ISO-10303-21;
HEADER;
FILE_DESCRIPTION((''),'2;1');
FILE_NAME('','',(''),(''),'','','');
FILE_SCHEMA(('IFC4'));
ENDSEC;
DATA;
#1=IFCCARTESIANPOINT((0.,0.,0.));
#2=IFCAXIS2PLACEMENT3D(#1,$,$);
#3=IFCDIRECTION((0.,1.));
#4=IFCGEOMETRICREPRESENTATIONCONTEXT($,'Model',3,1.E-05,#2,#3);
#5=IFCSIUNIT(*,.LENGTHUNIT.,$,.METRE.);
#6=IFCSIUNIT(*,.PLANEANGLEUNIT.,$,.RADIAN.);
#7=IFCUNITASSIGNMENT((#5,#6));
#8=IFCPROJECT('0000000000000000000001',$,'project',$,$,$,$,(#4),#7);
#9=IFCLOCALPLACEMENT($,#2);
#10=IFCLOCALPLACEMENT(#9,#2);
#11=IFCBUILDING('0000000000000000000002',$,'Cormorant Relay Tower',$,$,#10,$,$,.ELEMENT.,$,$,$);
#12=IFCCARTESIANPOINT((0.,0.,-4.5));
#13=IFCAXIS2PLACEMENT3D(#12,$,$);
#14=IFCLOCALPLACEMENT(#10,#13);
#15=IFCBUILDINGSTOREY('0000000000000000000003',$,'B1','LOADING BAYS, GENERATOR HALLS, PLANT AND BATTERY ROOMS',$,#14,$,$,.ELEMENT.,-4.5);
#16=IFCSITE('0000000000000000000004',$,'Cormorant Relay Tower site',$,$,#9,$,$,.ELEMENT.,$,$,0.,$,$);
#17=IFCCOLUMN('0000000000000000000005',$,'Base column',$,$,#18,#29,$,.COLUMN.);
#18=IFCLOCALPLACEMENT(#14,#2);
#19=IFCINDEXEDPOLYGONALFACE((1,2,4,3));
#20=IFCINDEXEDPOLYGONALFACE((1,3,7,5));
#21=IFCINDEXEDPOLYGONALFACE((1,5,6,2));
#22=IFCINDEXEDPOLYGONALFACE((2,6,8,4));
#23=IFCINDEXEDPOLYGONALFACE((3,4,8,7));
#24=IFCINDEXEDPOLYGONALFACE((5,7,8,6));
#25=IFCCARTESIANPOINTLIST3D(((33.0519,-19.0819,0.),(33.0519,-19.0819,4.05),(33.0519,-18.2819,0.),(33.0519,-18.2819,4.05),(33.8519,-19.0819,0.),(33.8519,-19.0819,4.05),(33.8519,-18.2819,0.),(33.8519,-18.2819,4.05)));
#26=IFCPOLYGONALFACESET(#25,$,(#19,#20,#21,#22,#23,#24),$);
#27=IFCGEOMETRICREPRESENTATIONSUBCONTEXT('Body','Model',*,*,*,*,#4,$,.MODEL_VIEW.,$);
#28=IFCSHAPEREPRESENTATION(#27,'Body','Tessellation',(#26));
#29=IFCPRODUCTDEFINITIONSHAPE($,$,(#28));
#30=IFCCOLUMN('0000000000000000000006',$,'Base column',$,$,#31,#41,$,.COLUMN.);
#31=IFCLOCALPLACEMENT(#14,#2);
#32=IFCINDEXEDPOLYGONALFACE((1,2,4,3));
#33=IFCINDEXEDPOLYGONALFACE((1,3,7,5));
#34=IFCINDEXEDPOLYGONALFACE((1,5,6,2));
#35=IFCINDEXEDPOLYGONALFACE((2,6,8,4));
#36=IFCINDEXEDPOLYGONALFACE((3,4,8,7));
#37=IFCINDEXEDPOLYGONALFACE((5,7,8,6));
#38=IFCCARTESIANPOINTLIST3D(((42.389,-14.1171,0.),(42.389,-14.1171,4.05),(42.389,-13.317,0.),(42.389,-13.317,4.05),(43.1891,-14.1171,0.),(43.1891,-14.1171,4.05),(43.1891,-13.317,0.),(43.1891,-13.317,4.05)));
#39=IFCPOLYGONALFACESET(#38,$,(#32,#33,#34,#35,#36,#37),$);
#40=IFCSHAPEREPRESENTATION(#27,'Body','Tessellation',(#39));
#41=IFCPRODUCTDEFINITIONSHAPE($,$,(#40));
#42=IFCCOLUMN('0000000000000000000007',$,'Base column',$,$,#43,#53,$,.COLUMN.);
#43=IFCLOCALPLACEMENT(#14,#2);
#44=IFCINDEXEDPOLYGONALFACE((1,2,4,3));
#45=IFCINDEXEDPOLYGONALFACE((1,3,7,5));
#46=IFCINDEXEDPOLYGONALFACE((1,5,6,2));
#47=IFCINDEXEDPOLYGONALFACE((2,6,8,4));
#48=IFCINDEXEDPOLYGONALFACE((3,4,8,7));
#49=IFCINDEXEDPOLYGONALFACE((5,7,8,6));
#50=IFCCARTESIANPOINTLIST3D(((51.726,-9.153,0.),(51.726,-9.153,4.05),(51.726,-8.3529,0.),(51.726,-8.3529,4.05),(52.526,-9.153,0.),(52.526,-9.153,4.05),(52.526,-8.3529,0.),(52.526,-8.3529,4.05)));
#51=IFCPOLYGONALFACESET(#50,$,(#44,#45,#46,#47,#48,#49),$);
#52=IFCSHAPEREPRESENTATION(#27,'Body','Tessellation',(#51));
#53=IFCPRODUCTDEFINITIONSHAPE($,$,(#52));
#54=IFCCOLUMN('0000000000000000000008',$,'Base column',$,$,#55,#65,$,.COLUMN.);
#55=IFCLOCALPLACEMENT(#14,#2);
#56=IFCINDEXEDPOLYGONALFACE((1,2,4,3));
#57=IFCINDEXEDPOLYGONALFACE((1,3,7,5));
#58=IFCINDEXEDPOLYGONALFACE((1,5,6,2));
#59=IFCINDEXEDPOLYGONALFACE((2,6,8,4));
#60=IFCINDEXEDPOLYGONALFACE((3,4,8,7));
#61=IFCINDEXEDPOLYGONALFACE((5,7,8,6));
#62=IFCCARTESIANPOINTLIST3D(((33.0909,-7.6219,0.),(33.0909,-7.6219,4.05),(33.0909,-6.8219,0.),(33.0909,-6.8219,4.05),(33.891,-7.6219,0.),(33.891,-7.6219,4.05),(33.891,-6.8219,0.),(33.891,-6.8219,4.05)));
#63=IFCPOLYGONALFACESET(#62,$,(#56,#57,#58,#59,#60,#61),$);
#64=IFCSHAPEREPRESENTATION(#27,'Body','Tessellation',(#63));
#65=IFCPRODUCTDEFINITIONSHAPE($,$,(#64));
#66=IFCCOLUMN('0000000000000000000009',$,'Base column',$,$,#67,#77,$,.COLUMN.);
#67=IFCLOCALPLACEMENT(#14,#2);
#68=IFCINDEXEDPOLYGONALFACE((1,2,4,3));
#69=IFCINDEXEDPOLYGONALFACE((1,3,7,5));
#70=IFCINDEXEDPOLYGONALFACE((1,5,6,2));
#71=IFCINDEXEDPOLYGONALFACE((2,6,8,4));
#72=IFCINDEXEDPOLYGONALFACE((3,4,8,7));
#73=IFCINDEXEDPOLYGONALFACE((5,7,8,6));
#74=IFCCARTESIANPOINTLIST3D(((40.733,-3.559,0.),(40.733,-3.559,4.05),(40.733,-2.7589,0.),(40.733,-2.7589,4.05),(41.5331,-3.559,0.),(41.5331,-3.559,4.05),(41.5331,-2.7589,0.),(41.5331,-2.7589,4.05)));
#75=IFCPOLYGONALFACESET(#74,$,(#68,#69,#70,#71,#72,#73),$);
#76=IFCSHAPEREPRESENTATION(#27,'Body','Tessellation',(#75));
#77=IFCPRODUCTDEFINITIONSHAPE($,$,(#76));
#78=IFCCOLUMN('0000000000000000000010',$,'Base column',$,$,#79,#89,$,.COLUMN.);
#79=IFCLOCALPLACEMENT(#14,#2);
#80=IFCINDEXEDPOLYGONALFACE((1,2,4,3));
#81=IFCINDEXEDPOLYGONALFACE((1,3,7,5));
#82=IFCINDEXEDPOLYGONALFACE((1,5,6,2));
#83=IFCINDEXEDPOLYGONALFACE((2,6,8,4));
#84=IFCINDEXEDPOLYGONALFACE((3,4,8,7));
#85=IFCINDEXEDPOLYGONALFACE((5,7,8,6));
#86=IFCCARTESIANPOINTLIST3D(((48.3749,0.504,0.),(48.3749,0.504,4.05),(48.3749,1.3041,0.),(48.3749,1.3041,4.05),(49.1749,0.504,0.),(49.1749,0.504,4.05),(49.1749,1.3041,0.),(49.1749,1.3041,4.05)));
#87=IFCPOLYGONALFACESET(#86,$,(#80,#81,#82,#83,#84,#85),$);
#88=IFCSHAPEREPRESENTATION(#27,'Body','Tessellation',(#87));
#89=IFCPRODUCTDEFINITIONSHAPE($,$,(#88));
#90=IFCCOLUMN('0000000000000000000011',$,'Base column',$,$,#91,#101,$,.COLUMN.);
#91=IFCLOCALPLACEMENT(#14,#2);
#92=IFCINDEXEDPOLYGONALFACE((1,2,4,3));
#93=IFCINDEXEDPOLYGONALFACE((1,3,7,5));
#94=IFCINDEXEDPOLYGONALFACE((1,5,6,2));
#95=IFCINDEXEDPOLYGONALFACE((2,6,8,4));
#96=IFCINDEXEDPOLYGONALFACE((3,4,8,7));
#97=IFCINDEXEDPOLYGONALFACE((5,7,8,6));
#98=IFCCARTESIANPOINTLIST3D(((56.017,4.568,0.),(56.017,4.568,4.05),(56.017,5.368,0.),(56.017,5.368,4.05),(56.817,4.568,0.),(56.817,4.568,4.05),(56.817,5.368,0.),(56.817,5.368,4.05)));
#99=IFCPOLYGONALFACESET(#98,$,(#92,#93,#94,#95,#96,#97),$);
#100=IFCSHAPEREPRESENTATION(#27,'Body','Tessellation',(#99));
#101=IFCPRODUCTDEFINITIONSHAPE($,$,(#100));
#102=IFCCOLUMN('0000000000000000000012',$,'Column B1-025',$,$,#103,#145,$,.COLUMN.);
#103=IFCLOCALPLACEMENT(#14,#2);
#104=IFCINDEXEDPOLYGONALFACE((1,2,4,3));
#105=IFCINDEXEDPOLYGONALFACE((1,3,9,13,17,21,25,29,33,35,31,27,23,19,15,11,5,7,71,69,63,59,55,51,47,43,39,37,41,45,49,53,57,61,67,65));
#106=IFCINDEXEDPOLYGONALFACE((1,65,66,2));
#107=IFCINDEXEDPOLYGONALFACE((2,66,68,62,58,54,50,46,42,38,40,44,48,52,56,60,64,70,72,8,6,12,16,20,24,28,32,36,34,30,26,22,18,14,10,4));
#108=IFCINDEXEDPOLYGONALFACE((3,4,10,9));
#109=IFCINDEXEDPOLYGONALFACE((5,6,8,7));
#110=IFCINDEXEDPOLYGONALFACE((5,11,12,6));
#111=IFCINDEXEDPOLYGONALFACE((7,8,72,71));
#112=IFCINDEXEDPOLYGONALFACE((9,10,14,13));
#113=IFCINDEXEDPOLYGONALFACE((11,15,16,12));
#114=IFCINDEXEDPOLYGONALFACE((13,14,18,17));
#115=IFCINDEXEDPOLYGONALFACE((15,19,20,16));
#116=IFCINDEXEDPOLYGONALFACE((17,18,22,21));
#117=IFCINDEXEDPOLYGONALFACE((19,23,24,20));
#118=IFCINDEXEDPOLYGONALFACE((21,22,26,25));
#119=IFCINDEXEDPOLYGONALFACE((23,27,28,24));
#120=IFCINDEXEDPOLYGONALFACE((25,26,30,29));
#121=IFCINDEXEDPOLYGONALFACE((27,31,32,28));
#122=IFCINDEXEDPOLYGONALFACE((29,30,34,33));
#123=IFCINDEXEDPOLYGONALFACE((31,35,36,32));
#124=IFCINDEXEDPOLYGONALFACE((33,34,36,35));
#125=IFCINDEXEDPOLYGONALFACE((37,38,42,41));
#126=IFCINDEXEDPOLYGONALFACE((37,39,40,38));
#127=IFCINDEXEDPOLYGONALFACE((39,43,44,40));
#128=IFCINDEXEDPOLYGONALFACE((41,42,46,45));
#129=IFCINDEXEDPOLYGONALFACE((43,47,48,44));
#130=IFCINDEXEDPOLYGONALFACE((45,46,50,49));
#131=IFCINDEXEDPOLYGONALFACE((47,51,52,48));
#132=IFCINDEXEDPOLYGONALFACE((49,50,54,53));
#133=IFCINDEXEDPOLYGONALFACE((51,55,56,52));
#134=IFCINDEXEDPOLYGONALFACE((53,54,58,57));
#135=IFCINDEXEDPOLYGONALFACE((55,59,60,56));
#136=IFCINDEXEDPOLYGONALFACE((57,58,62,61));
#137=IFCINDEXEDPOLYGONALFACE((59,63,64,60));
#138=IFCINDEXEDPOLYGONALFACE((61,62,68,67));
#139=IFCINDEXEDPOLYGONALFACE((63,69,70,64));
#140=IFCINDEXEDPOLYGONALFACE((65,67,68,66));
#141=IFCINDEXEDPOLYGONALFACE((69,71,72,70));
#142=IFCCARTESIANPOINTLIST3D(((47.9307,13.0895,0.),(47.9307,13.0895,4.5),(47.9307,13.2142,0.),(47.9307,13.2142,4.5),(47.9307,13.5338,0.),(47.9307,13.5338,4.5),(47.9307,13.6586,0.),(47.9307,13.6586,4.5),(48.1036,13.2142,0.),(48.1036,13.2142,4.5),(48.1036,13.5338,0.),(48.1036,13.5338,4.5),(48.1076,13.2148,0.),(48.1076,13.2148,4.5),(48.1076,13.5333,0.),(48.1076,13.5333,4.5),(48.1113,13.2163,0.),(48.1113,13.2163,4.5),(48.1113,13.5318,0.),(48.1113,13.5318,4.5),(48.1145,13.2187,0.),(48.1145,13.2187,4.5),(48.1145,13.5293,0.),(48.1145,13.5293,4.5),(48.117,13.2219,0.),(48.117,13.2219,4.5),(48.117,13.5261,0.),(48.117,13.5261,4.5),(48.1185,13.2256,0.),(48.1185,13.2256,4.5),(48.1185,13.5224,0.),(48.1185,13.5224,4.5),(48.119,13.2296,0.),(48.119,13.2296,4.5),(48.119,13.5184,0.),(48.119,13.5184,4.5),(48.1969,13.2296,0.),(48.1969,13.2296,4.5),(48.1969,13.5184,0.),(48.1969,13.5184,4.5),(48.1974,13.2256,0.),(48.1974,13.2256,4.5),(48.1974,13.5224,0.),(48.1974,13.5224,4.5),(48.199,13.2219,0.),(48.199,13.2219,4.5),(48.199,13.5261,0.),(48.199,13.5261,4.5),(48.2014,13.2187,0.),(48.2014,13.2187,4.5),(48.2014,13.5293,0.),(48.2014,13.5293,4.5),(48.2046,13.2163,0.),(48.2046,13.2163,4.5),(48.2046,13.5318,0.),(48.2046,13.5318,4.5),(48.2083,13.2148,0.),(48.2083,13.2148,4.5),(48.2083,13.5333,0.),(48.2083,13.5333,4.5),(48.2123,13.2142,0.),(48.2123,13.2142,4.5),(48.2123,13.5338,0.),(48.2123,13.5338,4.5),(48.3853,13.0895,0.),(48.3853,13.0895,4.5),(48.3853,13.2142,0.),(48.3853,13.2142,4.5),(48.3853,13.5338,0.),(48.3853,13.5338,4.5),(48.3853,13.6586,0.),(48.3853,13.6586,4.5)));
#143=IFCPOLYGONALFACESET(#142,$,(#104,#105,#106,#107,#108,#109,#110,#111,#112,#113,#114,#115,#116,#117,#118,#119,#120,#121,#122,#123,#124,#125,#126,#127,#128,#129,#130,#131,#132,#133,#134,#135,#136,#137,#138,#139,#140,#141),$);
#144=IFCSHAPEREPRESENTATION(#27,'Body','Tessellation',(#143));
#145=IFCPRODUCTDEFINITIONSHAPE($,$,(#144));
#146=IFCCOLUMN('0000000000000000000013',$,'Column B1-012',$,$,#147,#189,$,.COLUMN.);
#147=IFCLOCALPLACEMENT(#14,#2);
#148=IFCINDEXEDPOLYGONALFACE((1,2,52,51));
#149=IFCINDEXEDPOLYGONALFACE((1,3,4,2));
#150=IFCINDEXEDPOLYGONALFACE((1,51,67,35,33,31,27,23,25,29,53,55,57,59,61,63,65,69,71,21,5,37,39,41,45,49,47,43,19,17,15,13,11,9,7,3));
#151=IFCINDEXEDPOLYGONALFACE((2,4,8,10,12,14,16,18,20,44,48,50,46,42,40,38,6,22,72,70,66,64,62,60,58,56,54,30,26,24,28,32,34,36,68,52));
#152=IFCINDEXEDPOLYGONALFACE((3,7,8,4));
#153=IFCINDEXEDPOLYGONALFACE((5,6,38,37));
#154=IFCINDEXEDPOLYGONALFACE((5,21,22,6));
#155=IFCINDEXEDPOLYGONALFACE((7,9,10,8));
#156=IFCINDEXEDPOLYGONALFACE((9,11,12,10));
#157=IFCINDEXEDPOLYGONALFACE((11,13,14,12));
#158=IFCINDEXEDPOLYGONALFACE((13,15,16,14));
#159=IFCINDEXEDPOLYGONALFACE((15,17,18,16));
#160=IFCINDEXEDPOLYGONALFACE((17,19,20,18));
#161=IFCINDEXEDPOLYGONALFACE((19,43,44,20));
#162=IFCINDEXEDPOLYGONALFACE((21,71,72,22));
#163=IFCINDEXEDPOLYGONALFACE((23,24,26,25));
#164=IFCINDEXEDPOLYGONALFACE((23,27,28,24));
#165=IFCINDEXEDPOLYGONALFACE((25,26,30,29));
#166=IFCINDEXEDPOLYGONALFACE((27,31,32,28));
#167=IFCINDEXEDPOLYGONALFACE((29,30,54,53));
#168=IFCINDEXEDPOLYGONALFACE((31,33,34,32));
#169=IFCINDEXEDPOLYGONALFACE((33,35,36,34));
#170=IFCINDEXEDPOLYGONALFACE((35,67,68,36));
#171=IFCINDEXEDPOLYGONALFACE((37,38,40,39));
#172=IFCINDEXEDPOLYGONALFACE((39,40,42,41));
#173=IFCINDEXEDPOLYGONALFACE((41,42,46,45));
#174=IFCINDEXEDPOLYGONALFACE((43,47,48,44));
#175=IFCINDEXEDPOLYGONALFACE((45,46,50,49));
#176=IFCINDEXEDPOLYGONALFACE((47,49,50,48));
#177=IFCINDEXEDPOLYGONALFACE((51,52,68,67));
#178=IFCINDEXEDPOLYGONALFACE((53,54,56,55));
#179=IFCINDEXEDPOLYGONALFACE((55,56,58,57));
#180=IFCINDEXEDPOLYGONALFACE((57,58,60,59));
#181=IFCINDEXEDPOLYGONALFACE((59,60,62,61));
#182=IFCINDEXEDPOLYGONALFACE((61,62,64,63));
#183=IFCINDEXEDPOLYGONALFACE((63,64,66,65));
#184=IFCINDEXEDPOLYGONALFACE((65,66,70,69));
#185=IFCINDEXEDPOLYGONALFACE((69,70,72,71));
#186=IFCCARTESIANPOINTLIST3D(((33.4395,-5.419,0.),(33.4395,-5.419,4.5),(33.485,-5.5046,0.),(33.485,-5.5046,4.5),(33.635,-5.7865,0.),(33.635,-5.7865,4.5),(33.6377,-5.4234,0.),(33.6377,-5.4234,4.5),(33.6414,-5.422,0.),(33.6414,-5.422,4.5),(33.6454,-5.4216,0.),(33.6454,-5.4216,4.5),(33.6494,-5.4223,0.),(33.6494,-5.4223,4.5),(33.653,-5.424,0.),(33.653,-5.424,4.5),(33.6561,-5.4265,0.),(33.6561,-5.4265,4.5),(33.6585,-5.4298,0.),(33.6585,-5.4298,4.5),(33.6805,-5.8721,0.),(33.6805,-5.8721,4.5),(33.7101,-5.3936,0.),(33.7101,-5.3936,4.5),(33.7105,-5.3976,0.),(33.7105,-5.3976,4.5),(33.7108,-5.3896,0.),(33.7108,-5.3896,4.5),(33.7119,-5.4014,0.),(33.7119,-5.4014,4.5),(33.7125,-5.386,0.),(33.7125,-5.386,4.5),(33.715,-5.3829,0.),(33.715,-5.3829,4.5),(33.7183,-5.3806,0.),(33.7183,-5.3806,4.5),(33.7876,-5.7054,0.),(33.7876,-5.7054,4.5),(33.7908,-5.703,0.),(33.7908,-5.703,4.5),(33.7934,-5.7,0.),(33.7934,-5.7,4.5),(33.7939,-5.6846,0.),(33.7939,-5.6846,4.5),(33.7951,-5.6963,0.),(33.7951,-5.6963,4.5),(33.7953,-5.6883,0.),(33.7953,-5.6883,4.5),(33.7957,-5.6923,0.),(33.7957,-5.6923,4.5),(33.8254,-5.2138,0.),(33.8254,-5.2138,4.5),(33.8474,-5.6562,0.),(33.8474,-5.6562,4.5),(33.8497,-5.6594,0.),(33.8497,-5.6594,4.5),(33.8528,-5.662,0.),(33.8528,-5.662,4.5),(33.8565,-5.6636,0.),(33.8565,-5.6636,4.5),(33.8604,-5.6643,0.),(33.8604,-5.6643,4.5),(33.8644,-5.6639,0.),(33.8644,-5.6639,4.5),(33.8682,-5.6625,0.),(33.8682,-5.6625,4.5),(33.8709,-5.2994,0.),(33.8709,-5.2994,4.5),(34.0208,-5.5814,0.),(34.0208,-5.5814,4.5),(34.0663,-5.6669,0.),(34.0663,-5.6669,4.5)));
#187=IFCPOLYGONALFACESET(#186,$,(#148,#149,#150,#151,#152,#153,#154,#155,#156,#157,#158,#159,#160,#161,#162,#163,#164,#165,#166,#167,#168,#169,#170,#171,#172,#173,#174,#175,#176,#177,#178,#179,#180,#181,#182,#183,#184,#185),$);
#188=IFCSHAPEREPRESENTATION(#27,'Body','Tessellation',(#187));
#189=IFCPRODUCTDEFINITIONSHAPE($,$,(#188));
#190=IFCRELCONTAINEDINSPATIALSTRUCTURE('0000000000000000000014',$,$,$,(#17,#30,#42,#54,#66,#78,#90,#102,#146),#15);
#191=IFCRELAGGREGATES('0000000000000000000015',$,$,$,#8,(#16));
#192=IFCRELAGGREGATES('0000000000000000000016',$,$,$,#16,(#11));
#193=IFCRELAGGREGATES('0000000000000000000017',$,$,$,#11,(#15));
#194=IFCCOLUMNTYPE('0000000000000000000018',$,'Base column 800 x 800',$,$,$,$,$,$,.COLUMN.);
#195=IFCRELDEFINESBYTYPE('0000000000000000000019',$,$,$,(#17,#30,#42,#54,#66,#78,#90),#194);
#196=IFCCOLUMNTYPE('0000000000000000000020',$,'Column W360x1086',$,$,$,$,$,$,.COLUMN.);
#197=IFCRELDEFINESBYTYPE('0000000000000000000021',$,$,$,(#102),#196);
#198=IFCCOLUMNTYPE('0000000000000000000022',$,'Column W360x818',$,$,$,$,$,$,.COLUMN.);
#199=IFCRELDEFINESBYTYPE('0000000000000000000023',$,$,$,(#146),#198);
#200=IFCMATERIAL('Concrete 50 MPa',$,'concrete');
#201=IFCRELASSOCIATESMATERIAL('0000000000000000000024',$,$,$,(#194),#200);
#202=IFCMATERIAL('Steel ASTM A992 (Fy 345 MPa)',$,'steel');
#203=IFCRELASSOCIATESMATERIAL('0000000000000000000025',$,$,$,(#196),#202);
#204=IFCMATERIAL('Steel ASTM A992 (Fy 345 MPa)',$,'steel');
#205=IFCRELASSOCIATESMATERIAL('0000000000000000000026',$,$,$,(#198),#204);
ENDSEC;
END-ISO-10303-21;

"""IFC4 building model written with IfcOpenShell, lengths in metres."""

from ifc_helpers import new_model, si_unit, direction, frame, origin, origin_2d, place, context, subcontext, project, spatial, rectangle, i_section, extrude, material, material_profile, profile_set, type_object, element, save


model = new_model("IFC4")

# Units and contexts
model_context = context("Model", 3, precision=1e-05, world=origin(), true_north=direction((0.0, 1.0)))
body_context = subcontext(model_context, "Body", "Model", "MODEL_VIEW")
ifc_project = project(units=[si_unit("LENGTHUNIT", "METRE"), si_unit("PLANEANGLEUNIT", "RADIAN")], contexts=[model_context])

# Site, building, storey
site_placement = place(None, origin())
site = spatial("IfcSite", under=ifc_project, at=site_placement, Name="Cormorant Relay Tower site", CompositionType="ELEMENT", RefElevation=0.0)
building_placement = place(site_placement, origin())
building = spatial("IfcBuilding", under=site, at=building_placement, Name="Cormorant Relay Tower", CompositionType="ELEMENT")
storey_placement = place(building_placement, frame((0.0, 0.0, -4.5)))
storey = spatial("IfcBuildingStorey", under=building, at=storey_placement, Name="B1", Description="LOADING BAYS, GENERATOR HALLS, PLANT AND BATTERY ROOMS", CompositionType="ELEMENT", Elevation=-4.5)

# Columns
ifc_material_1 = material(Name="Concrete 50 MPa", Category="concrete")
ifc_material_profile_1 = material_profile(ifc_material_1, rectangle(XDim=0.8, YDim=0.8, at=origin_2d()), Name="RC 800x800")
ifc_profile_set_1 = profile_set([ifc_material_profile_1], Name="Concrete 50 MPa")
column_type_1 = type_object("IfcColumnType", Name="Base column 800 x 800", PredefinedType="COLUMN", material=ifc_profile_set_1)
for number, where, z_axis, x_axis, name in (
    (1, (33.4519, -18.6819, 0.0), (0.0, 0.0, 1.0), (1.0, 0.0, 0.0), "Base column"),
    (2, (42.7891, -13.717, 0.0), (0.0, 0.0, 1.0), (1.0, 0.0, 0.0), "Base column"),
    (3, (52.126, -8.7529, 0.0), (0.0, 0.0, 1.0), (1.0, 0.0, 0.0), "Base column"),
    (4, (33.491, -7.2219, 0.0), (0.0, 0.0, 1.0), (1.0, 0.0, 0.0), "Base column"),
    (5, (41.1331, -3.1589, 0.0), (0.0, 0.0, 1.0), (1.0, 0.0, 0.0), "Base column"),
    (6, (48.7749, 0.9041, 0.0), (0.0, 0.0, 1.0), (1.0, 0.0, 0.0), "Base column"),
    (7, (56.417, 4.968, 0.0), (0.0, 0.0, 1.0), (1.0, 0.0, 0.0), "Base column"),
):
    element("IfcColumn", number, at=place(storey_placement, frame(where, z_axis=z_axis, x_axis=x_axis)), inside=storey, type_object=column_type_1, Name=name, PredefinedType="COLUMN", context=body_context, shape_type="SweptSolid", body=[
        extrude(rectangle(XDim=0.8, YDim=0.8, at=origin_2d()), origin(), (0.0, 0.0, 1.0), 4.05),
    ])
ifc_material_2 = material(Name="Steel ASTM A992 (Fy 345 MPa)", Category="steel")
ifc_material_profile_2 = material_profile(ifc_material_2, i_section(OverallWidth=0.4546, OverallDepth=0.5691, WebThickness=0.0779, FlangeThickness=0.1248, FilletRadius=0.0154, at=origin_2d()), Name="W360x1086")
ifc_profile_set_2 = profile_set([ifc_material_profile_2], Name="Steel ASTM A992 (Fy 345 MPa)")
column_type_2 = type_object("IfcColumnType", Name="Column W360x1086", PredefinedType="COLUMN", material=ifc_profile_set_2)
column_placement = place(storey_placement, frame((48.158, 13.374, 0.0), z_axis=(0.0, 0.0, 1.0), x_axis=(1.0, 0.0, 0.0)))
element("IfcColumn", 8, at=column_placement, inside=storey, type_object=column_type_2, Name="Column B1-025", PredefinedType="COLUMN", context=body_context, shape_type="SweptSolid", body=[
    extrude(i_section(OverallWidth=0.4546, OverallDepth=0.5691, WebThickness=0.0779, FlangeThickness=0.1248, FilletRadius=0.0154, at=origin_2d()), origin(), (0.0, 0.0, 1.0), 4.5),
])
ifc_material_3 = material(Name="Steel ASTM A992 (Fy 345 MPa)", Category="steel")
ifc_material_profile_3 = material_profile(ifc_material_3, i_section(OverallWidth=0.437, OverallDepth=0.5132, WebThickness=0.0605, FlangeThickness=0.0969, FilletRadius=0.0154, at=origin_2d()), Name="W360x818")
ifc_profile_set_3 = profile_set([ifc_material_profile_3], Name="Steel ASTM A992 (Fy 345 MPa)")
column_type_3 = type_object("IfcColumnType", Name="Column W360x818", PredefinedType="COLUMN", material=ifc_profile_set_3)
for number, where, z_axis, x_axis, name in (
    (9, (33.7529, -5.543, 0.0), (0.0, 0.0, 1.0), (0.882948, 0.469472, 0.0), "Column B1-012"),
):
    element("IfcColumn", number, at=place(storey_placement, frame(where, z_axis=z_axis, x_axis=x_axis)), inside=storey, type_object=column_type_3, Name=name, PredefinedType="COLUMN", context=body_context, shape_type="SweptSolid", body=[
        extrude(i_section(OverallWidth=0.437, OverallDepth=0.5132, WebThickness=0.0605, FlangeThickness=0.0969, FilletRadius=0.0154, at=origin_2d()), origin(), (0.0, 0.0, 1.0), 4.5),
    ])

save(model, "model.ifc")
